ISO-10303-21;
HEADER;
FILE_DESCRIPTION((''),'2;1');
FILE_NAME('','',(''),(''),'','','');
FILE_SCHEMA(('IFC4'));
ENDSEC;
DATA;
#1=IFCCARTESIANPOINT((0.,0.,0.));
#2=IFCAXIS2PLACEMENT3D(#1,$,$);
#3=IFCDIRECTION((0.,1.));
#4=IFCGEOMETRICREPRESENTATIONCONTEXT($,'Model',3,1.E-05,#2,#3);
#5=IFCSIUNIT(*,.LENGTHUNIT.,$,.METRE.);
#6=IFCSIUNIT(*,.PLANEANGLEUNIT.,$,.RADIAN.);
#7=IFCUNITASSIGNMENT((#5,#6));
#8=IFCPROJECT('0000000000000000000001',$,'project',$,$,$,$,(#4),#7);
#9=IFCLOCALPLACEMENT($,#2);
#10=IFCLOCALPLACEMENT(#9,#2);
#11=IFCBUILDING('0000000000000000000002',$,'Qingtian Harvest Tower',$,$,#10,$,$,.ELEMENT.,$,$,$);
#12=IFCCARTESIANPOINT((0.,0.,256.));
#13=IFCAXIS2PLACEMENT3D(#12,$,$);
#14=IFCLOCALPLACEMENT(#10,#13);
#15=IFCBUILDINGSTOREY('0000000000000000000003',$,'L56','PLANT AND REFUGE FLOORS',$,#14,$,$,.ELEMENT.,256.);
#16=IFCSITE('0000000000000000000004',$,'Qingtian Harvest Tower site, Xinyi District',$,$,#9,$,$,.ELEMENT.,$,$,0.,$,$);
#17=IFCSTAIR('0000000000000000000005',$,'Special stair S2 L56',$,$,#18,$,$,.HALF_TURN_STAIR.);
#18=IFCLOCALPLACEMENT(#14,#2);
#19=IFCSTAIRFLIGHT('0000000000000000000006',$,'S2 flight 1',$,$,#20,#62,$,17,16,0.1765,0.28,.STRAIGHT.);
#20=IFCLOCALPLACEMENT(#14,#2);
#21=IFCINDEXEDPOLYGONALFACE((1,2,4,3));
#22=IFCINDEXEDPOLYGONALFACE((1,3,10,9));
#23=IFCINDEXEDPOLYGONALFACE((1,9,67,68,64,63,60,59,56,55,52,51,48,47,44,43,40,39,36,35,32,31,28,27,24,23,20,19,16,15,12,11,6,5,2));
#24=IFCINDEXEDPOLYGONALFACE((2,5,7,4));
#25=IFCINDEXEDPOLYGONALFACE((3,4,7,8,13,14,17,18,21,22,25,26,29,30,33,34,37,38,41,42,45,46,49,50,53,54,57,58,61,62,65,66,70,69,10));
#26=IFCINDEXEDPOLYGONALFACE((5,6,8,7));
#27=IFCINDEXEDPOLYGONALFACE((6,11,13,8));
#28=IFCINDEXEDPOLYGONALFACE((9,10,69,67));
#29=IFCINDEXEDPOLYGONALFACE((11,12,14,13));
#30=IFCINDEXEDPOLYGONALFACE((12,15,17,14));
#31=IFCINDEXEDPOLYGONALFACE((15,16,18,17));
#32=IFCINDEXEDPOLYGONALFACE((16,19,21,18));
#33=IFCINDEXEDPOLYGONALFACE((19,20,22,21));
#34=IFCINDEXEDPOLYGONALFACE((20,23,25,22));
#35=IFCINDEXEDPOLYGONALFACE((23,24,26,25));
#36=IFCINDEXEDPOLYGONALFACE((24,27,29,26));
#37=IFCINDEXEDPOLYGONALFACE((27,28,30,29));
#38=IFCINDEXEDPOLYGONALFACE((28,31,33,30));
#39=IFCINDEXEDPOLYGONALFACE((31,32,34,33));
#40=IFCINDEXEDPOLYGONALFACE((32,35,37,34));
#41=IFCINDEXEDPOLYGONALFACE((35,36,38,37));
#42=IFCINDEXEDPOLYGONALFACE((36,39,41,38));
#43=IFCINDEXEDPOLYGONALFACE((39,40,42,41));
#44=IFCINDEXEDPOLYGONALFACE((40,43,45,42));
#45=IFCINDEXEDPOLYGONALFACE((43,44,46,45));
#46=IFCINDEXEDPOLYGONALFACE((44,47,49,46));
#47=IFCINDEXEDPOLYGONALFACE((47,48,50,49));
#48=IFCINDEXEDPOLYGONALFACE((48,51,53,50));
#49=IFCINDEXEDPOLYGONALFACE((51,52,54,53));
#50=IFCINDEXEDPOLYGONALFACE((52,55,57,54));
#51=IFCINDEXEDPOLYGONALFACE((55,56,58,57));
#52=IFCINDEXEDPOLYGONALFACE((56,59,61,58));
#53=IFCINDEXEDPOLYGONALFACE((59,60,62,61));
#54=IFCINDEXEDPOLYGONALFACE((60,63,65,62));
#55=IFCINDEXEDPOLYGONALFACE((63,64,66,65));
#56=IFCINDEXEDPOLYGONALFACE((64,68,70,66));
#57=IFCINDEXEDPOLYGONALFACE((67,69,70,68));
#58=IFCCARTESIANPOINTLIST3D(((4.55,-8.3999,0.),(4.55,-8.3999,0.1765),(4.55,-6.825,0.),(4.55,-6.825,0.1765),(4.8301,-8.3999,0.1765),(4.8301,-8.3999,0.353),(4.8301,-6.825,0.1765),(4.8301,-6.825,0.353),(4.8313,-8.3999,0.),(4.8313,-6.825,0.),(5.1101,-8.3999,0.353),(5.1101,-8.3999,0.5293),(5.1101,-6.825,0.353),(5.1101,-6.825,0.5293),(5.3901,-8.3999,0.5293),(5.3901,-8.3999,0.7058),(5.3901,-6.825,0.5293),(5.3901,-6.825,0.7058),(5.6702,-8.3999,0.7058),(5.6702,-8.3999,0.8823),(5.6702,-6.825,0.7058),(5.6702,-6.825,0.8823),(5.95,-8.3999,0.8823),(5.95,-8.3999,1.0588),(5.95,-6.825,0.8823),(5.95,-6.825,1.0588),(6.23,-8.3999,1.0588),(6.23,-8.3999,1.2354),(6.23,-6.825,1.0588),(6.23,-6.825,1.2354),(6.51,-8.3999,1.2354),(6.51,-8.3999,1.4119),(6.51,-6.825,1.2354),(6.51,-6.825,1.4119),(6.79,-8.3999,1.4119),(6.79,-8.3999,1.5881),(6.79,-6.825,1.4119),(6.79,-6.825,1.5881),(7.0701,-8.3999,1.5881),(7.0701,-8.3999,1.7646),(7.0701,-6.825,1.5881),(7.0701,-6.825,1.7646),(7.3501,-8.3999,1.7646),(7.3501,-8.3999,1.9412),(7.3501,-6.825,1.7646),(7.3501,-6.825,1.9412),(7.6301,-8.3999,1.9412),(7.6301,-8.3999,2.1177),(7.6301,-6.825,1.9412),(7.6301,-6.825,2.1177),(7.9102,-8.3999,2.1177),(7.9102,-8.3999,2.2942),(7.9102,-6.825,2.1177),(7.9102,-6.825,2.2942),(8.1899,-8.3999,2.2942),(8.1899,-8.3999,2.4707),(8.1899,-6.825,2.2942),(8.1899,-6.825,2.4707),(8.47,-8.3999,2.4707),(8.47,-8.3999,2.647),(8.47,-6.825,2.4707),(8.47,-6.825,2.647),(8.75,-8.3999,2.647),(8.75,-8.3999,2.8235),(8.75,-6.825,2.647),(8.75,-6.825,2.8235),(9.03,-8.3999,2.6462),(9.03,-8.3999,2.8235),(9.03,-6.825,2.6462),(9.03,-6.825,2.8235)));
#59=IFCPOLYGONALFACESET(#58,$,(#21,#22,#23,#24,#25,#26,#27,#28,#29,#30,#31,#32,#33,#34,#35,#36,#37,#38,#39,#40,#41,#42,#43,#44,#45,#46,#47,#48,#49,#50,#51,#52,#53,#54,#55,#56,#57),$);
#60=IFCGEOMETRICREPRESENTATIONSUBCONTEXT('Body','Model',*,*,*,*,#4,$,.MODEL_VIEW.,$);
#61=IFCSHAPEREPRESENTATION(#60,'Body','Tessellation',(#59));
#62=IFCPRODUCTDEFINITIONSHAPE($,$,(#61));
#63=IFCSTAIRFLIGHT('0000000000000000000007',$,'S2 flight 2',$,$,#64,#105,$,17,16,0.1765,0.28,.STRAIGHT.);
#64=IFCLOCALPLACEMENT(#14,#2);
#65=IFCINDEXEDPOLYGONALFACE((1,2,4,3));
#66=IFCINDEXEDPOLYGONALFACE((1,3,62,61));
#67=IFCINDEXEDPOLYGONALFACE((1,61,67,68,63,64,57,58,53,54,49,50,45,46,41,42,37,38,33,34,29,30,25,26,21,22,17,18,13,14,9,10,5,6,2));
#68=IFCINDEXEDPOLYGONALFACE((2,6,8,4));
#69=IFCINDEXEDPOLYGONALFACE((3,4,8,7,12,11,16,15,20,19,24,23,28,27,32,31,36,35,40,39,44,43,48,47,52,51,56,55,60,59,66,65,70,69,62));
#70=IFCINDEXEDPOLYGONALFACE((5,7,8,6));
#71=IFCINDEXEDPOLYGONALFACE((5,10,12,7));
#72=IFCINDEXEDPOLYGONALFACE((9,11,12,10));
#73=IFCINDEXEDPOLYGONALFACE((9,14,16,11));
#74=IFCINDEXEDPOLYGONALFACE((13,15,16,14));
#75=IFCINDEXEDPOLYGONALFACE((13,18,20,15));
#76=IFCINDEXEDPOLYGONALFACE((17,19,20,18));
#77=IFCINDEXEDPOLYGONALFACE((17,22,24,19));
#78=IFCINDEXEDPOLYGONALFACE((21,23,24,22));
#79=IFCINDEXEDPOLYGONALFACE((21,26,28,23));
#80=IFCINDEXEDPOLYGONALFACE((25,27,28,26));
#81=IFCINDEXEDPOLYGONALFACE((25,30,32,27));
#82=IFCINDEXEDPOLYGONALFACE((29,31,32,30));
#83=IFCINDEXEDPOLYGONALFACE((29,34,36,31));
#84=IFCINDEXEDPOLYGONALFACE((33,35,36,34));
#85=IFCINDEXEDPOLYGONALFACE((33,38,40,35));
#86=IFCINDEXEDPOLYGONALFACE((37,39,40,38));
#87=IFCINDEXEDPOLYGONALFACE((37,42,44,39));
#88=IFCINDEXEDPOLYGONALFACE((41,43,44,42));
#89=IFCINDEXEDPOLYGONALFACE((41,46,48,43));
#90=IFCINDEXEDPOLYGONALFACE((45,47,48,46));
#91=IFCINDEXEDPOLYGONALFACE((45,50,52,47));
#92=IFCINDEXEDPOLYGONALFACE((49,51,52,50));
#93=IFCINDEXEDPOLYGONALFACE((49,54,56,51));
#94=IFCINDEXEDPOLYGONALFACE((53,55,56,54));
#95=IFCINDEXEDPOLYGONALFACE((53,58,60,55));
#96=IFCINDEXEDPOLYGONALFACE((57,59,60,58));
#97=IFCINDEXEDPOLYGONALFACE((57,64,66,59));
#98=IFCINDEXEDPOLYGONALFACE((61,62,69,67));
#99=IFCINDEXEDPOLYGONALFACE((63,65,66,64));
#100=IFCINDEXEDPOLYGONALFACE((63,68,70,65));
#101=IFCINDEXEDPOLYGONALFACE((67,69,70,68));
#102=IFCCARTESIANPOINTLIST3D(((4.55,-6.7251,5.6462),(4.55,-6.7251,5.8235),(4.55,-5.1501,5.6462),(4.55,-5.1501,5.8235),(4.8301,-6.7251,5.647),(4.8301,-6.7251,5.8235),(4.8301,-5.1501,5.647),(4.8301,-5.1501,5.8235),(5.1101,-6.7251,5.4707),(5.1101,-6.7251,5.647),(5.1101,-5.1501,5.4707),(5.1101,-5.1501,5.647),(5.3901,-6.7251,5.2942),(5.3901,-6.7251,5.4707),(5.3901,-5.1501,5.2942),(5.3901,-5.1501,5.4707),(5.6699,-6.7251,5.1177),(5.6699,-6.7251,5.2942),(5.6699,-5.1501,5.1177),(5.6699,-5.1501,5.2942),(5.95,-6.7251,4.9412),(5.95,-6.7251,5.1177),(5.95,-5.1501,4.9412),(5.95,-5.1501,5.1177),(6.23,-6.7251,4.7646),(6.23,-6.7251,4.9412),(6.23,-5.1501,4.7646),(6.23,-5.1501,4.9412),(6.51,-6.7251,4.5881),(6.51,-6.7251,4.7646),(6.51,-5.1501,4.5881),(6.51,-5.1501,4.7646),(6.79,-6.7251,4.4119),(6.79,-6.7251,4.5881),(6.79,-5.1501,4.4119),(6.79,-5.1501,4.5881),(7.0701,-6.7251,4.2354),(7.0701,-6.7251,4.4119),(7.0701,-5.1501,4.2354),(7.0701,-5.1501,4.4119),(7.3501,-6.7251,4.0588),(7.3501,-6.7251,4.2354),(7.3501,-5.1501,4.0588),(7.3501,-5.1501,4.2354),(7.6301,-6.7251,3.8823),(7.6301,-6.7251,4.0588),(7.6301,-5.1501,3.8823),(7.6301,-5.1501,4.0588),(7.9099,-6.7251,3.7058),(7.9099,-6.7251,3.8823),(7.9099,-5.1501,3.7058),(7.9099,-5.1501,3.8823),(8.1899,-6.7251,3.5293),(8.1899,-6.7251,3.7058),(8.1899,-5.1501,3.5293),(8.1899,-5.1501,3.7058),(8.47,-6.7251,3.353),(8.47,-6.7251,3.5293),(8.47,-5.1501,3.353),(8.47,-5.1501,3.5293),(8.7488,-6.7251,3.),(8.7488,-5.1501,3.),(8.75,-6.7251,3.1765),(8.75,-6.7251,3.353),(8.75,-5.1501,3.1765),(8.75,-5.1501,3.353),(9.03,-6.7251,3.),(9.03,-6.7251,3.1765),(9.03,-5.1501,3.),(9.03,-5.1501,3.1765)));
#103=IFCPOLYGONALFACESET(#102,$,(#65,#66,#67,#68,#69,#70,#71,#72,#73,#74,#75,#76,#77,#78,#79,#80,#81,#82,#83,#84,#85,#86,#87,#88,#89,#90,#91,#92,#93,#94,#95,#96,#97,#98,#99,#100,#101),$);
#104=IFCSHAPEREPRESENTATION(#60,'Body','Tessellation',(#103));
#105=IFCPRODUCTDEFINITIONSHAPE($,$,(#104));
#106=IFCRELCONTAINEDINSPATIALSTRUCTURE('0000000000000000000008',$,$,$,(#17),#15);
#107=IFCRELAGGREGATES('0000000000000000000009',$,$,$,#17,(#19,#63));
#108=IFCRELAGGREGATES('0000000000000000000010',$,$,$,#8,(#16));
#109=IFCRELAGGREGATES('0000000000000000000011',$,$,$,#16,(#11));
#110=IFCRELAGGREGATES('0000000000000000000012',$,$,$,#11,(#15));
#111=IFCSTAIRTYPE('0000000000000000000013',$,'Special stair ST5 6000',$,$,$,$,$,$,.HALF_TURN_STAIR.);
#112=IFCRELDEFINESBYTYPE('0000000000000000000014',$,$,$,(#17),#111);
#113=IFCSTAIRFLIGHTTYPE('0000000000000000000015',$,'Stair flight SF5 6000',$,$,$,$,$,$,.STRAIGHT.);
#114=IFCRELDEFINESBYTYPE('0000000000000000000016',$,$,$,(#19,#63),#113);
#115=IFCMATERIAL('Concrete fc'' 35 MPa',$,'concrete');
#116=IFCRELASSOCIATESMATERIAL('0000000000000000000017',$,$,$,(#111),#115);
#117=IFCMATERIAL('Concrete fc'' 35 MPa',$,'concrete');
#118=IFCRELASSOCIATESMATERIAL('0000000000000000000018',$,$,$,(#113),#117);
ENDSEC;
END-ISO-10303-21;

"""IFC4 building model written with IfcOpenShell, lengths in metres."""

from ifc_helpers import new_model, si_unit, direction, frame, origin, place, context, subcontext, project, spatial, polyline, outline, extrude, material, type_object, element, aggregate, save


model = new_model("IFC4")

# Units and contexts
model_context = context("Model", 3, precision=1e-05, world=origin(), true_north=direction((0.0, 1.0)))
body_context = subcontext(model_context, "Body", "Model", "MODEL_VIEW")
ifc_project = project(units=[si_unit("LENGTHUNIT", "METRE"), si_unit("PLANEANGLEUNIT", "RADIAN")], contexts=[model_context])

# Site, building, storey
site_placement = place(None, origin())
site = spatial("IfcSite", under=ifc_project, at=site_placement, Name="Qingtian Harvest Tower site, Xinyi District", CompositionType="ELEMENT", RefElevation=0.0)
building_placement = place(site_placement, origin())
building = spatial("IfcBuilding", under=site, at=building_placement, Name="Qingtian Harvest Tower", CompositionType="ELEMENT")
storey_placement = place(building_placement, frame((0.0, 0.0, 256.0)))
storey = spatial("IfcBuildingStorey", under=building, at=storey_placement, Name="L56", Description="PLANT AND REFUGE FLOORS", CompositionType="ELEMENT", Elevation=256.0)

# Stair, stair flights
ifc_material_1 = material(Name="Concrete fc' 35 MPa", Category="concrete")
stair_type = type_object("IfcStairType", Name="Special stair ST5 6000", PredefinedType="HALF_TURN_STAIR", material=ifc_material_1)
stair_placement = place(storey_placement, origin())
stair = element("IfcStair", 1, at=stair_placement, inside=storey, type_object=stair_type, Name="Special stair S2 L56", PredefinedType="HALF_TURN_STAIR")
ifc_material_2 = material(Name="Concrete fc' 35 MPa", Category="concrete")
stair_flight_type = type_object("IfcStairFlightType", Name="Stair flight SF5 6000", PredefinedType="STRAIGHT", material=ifc_material_2)
stair_flight_1_placement = place(storey_placement, frame((4.55, -7.6125, 0.0), z_axis=(0.0, 0.0, 1.0), x_axis=(1.0, 0.0, 0.0)))
stair_flight_1 = element("IfcStairFlight", 2, at=stair_flight_1_placement, type_object=stair_flight_type, Name="S2 flight 1", NumberOfRisers=17, NumberOfTreads=16, PredefinedType="STRAIGHT", RiserHeight=0.1765, TreadLength=0.28, context=body_context, shape_type="SweptSolid", body=[
    extrude(outline(polyline([(0.0, 0.0), (0.0, 0.1765), (0.28, 0.1765), (0.28, 0.353), (0.5601, 0.353), (0.5601, 0.5293), (0.8401, 0.5293), (0.8401, 0.7058), (1.1201, 0.7058), (1.1201, 0.8823), (1.3999, 0.8823), (1.3999, 1.0588), (1.6799, 1.0588), (1.6799, 1.2354), (1.96, 1.2354), (1.96, 1.4119), (2.24, 1.4119), (2.24, 1.5881), (2.52, 1.5881), (2.52, 1.7646), (2.8, 1.7646), (2.8, 1.9412), (3.0801, 1.9412), (3.0801, 2.1177), (3.3601, 2.1177), (3.3601, 2.2942), (3.6399, 2.2942), (3.6399, 2.4707), (3.9199, 2.4707), (3.9199, 2.647), (4.2, 2.647), (4.2, 2.8235), (4.48, 2.8235), (4.48, 3.0), (4.48, 2.6462), (0.2812, 0.0), (0.0, 0.0)])), frame((0.0, 0.7876, 0.0), z_axis=(0.0, -1.0, 0.0), x_axis=(1.0, 0.0, 0.0)), (0.0, 0.0, 1.0), 1.575),
])
stair_flight_2_placement = place(storey_placement, frame((9.03, -5.9375, 3.0), z_axis=(0.0, 0.0, 1.0), x_axis=(-1.0, 0.0, 0.0)))
stair_flight_2 = element("IfcStairFlight", 3, at=stair_flight_2_placement, type_object=stair_flight_type, Name="S2 flight 2", NumberOfRisers=17, NumberOfTreads=16, PredefinedType="STRAIGHT", RiserHeight=0.1765, TreadLength=0.28, context=body_context, shape_type="SweptSolid", body=[
    extrude(outline(polyline([(0.0, 0.0), (0.0, 0.1765), (0.28, 0.1765), (0.28, 0.353), (0.5601, 0.353), (0.5601, 0.5293), (0.8401, 0.5293), (0.8401, 0.7058), (1.1201, 0.7058), (1.1201, 0.8823), (1.3999, 0.8823), (1.3999, 1.0588), (1.6799, 1.0588), (1.6799, 1.2354), (1.96, 1.2354), (1.96, 1.4119), (2.24, 1.4119), (2.24, 1.5881), (2.52, 1.5881), (2.52, 1.7646), (2.8, 1.7646), (2.8, 1.9412), (3.0801, 1.9412), (3.0801, 2.1177), (3.3601, 2.1177), (3.3601, 2.2942), (3.6399, 2.2942), (3.6399, 2.4707), (3.9199, 2.4707), (3.9199, 2.647), (4.2, 2.647), (4.2, 2.8235), (4.48, 2.8235), (4.48, 3.0), (4.48, 2.6462), (0.2812, 0.0), (0.0, 0.0)])), frame((0.0, 0.7876, 0.0), z_axis=(0.0, -1.0, 0.0), x_axis=(1.0, 0.0, 0.0)), (0.0, 0.0, 1.0), 1.575),
])
aggregate(stair, [stair_flight_1, stair_flight_2])

save(model, "model.ifc")
